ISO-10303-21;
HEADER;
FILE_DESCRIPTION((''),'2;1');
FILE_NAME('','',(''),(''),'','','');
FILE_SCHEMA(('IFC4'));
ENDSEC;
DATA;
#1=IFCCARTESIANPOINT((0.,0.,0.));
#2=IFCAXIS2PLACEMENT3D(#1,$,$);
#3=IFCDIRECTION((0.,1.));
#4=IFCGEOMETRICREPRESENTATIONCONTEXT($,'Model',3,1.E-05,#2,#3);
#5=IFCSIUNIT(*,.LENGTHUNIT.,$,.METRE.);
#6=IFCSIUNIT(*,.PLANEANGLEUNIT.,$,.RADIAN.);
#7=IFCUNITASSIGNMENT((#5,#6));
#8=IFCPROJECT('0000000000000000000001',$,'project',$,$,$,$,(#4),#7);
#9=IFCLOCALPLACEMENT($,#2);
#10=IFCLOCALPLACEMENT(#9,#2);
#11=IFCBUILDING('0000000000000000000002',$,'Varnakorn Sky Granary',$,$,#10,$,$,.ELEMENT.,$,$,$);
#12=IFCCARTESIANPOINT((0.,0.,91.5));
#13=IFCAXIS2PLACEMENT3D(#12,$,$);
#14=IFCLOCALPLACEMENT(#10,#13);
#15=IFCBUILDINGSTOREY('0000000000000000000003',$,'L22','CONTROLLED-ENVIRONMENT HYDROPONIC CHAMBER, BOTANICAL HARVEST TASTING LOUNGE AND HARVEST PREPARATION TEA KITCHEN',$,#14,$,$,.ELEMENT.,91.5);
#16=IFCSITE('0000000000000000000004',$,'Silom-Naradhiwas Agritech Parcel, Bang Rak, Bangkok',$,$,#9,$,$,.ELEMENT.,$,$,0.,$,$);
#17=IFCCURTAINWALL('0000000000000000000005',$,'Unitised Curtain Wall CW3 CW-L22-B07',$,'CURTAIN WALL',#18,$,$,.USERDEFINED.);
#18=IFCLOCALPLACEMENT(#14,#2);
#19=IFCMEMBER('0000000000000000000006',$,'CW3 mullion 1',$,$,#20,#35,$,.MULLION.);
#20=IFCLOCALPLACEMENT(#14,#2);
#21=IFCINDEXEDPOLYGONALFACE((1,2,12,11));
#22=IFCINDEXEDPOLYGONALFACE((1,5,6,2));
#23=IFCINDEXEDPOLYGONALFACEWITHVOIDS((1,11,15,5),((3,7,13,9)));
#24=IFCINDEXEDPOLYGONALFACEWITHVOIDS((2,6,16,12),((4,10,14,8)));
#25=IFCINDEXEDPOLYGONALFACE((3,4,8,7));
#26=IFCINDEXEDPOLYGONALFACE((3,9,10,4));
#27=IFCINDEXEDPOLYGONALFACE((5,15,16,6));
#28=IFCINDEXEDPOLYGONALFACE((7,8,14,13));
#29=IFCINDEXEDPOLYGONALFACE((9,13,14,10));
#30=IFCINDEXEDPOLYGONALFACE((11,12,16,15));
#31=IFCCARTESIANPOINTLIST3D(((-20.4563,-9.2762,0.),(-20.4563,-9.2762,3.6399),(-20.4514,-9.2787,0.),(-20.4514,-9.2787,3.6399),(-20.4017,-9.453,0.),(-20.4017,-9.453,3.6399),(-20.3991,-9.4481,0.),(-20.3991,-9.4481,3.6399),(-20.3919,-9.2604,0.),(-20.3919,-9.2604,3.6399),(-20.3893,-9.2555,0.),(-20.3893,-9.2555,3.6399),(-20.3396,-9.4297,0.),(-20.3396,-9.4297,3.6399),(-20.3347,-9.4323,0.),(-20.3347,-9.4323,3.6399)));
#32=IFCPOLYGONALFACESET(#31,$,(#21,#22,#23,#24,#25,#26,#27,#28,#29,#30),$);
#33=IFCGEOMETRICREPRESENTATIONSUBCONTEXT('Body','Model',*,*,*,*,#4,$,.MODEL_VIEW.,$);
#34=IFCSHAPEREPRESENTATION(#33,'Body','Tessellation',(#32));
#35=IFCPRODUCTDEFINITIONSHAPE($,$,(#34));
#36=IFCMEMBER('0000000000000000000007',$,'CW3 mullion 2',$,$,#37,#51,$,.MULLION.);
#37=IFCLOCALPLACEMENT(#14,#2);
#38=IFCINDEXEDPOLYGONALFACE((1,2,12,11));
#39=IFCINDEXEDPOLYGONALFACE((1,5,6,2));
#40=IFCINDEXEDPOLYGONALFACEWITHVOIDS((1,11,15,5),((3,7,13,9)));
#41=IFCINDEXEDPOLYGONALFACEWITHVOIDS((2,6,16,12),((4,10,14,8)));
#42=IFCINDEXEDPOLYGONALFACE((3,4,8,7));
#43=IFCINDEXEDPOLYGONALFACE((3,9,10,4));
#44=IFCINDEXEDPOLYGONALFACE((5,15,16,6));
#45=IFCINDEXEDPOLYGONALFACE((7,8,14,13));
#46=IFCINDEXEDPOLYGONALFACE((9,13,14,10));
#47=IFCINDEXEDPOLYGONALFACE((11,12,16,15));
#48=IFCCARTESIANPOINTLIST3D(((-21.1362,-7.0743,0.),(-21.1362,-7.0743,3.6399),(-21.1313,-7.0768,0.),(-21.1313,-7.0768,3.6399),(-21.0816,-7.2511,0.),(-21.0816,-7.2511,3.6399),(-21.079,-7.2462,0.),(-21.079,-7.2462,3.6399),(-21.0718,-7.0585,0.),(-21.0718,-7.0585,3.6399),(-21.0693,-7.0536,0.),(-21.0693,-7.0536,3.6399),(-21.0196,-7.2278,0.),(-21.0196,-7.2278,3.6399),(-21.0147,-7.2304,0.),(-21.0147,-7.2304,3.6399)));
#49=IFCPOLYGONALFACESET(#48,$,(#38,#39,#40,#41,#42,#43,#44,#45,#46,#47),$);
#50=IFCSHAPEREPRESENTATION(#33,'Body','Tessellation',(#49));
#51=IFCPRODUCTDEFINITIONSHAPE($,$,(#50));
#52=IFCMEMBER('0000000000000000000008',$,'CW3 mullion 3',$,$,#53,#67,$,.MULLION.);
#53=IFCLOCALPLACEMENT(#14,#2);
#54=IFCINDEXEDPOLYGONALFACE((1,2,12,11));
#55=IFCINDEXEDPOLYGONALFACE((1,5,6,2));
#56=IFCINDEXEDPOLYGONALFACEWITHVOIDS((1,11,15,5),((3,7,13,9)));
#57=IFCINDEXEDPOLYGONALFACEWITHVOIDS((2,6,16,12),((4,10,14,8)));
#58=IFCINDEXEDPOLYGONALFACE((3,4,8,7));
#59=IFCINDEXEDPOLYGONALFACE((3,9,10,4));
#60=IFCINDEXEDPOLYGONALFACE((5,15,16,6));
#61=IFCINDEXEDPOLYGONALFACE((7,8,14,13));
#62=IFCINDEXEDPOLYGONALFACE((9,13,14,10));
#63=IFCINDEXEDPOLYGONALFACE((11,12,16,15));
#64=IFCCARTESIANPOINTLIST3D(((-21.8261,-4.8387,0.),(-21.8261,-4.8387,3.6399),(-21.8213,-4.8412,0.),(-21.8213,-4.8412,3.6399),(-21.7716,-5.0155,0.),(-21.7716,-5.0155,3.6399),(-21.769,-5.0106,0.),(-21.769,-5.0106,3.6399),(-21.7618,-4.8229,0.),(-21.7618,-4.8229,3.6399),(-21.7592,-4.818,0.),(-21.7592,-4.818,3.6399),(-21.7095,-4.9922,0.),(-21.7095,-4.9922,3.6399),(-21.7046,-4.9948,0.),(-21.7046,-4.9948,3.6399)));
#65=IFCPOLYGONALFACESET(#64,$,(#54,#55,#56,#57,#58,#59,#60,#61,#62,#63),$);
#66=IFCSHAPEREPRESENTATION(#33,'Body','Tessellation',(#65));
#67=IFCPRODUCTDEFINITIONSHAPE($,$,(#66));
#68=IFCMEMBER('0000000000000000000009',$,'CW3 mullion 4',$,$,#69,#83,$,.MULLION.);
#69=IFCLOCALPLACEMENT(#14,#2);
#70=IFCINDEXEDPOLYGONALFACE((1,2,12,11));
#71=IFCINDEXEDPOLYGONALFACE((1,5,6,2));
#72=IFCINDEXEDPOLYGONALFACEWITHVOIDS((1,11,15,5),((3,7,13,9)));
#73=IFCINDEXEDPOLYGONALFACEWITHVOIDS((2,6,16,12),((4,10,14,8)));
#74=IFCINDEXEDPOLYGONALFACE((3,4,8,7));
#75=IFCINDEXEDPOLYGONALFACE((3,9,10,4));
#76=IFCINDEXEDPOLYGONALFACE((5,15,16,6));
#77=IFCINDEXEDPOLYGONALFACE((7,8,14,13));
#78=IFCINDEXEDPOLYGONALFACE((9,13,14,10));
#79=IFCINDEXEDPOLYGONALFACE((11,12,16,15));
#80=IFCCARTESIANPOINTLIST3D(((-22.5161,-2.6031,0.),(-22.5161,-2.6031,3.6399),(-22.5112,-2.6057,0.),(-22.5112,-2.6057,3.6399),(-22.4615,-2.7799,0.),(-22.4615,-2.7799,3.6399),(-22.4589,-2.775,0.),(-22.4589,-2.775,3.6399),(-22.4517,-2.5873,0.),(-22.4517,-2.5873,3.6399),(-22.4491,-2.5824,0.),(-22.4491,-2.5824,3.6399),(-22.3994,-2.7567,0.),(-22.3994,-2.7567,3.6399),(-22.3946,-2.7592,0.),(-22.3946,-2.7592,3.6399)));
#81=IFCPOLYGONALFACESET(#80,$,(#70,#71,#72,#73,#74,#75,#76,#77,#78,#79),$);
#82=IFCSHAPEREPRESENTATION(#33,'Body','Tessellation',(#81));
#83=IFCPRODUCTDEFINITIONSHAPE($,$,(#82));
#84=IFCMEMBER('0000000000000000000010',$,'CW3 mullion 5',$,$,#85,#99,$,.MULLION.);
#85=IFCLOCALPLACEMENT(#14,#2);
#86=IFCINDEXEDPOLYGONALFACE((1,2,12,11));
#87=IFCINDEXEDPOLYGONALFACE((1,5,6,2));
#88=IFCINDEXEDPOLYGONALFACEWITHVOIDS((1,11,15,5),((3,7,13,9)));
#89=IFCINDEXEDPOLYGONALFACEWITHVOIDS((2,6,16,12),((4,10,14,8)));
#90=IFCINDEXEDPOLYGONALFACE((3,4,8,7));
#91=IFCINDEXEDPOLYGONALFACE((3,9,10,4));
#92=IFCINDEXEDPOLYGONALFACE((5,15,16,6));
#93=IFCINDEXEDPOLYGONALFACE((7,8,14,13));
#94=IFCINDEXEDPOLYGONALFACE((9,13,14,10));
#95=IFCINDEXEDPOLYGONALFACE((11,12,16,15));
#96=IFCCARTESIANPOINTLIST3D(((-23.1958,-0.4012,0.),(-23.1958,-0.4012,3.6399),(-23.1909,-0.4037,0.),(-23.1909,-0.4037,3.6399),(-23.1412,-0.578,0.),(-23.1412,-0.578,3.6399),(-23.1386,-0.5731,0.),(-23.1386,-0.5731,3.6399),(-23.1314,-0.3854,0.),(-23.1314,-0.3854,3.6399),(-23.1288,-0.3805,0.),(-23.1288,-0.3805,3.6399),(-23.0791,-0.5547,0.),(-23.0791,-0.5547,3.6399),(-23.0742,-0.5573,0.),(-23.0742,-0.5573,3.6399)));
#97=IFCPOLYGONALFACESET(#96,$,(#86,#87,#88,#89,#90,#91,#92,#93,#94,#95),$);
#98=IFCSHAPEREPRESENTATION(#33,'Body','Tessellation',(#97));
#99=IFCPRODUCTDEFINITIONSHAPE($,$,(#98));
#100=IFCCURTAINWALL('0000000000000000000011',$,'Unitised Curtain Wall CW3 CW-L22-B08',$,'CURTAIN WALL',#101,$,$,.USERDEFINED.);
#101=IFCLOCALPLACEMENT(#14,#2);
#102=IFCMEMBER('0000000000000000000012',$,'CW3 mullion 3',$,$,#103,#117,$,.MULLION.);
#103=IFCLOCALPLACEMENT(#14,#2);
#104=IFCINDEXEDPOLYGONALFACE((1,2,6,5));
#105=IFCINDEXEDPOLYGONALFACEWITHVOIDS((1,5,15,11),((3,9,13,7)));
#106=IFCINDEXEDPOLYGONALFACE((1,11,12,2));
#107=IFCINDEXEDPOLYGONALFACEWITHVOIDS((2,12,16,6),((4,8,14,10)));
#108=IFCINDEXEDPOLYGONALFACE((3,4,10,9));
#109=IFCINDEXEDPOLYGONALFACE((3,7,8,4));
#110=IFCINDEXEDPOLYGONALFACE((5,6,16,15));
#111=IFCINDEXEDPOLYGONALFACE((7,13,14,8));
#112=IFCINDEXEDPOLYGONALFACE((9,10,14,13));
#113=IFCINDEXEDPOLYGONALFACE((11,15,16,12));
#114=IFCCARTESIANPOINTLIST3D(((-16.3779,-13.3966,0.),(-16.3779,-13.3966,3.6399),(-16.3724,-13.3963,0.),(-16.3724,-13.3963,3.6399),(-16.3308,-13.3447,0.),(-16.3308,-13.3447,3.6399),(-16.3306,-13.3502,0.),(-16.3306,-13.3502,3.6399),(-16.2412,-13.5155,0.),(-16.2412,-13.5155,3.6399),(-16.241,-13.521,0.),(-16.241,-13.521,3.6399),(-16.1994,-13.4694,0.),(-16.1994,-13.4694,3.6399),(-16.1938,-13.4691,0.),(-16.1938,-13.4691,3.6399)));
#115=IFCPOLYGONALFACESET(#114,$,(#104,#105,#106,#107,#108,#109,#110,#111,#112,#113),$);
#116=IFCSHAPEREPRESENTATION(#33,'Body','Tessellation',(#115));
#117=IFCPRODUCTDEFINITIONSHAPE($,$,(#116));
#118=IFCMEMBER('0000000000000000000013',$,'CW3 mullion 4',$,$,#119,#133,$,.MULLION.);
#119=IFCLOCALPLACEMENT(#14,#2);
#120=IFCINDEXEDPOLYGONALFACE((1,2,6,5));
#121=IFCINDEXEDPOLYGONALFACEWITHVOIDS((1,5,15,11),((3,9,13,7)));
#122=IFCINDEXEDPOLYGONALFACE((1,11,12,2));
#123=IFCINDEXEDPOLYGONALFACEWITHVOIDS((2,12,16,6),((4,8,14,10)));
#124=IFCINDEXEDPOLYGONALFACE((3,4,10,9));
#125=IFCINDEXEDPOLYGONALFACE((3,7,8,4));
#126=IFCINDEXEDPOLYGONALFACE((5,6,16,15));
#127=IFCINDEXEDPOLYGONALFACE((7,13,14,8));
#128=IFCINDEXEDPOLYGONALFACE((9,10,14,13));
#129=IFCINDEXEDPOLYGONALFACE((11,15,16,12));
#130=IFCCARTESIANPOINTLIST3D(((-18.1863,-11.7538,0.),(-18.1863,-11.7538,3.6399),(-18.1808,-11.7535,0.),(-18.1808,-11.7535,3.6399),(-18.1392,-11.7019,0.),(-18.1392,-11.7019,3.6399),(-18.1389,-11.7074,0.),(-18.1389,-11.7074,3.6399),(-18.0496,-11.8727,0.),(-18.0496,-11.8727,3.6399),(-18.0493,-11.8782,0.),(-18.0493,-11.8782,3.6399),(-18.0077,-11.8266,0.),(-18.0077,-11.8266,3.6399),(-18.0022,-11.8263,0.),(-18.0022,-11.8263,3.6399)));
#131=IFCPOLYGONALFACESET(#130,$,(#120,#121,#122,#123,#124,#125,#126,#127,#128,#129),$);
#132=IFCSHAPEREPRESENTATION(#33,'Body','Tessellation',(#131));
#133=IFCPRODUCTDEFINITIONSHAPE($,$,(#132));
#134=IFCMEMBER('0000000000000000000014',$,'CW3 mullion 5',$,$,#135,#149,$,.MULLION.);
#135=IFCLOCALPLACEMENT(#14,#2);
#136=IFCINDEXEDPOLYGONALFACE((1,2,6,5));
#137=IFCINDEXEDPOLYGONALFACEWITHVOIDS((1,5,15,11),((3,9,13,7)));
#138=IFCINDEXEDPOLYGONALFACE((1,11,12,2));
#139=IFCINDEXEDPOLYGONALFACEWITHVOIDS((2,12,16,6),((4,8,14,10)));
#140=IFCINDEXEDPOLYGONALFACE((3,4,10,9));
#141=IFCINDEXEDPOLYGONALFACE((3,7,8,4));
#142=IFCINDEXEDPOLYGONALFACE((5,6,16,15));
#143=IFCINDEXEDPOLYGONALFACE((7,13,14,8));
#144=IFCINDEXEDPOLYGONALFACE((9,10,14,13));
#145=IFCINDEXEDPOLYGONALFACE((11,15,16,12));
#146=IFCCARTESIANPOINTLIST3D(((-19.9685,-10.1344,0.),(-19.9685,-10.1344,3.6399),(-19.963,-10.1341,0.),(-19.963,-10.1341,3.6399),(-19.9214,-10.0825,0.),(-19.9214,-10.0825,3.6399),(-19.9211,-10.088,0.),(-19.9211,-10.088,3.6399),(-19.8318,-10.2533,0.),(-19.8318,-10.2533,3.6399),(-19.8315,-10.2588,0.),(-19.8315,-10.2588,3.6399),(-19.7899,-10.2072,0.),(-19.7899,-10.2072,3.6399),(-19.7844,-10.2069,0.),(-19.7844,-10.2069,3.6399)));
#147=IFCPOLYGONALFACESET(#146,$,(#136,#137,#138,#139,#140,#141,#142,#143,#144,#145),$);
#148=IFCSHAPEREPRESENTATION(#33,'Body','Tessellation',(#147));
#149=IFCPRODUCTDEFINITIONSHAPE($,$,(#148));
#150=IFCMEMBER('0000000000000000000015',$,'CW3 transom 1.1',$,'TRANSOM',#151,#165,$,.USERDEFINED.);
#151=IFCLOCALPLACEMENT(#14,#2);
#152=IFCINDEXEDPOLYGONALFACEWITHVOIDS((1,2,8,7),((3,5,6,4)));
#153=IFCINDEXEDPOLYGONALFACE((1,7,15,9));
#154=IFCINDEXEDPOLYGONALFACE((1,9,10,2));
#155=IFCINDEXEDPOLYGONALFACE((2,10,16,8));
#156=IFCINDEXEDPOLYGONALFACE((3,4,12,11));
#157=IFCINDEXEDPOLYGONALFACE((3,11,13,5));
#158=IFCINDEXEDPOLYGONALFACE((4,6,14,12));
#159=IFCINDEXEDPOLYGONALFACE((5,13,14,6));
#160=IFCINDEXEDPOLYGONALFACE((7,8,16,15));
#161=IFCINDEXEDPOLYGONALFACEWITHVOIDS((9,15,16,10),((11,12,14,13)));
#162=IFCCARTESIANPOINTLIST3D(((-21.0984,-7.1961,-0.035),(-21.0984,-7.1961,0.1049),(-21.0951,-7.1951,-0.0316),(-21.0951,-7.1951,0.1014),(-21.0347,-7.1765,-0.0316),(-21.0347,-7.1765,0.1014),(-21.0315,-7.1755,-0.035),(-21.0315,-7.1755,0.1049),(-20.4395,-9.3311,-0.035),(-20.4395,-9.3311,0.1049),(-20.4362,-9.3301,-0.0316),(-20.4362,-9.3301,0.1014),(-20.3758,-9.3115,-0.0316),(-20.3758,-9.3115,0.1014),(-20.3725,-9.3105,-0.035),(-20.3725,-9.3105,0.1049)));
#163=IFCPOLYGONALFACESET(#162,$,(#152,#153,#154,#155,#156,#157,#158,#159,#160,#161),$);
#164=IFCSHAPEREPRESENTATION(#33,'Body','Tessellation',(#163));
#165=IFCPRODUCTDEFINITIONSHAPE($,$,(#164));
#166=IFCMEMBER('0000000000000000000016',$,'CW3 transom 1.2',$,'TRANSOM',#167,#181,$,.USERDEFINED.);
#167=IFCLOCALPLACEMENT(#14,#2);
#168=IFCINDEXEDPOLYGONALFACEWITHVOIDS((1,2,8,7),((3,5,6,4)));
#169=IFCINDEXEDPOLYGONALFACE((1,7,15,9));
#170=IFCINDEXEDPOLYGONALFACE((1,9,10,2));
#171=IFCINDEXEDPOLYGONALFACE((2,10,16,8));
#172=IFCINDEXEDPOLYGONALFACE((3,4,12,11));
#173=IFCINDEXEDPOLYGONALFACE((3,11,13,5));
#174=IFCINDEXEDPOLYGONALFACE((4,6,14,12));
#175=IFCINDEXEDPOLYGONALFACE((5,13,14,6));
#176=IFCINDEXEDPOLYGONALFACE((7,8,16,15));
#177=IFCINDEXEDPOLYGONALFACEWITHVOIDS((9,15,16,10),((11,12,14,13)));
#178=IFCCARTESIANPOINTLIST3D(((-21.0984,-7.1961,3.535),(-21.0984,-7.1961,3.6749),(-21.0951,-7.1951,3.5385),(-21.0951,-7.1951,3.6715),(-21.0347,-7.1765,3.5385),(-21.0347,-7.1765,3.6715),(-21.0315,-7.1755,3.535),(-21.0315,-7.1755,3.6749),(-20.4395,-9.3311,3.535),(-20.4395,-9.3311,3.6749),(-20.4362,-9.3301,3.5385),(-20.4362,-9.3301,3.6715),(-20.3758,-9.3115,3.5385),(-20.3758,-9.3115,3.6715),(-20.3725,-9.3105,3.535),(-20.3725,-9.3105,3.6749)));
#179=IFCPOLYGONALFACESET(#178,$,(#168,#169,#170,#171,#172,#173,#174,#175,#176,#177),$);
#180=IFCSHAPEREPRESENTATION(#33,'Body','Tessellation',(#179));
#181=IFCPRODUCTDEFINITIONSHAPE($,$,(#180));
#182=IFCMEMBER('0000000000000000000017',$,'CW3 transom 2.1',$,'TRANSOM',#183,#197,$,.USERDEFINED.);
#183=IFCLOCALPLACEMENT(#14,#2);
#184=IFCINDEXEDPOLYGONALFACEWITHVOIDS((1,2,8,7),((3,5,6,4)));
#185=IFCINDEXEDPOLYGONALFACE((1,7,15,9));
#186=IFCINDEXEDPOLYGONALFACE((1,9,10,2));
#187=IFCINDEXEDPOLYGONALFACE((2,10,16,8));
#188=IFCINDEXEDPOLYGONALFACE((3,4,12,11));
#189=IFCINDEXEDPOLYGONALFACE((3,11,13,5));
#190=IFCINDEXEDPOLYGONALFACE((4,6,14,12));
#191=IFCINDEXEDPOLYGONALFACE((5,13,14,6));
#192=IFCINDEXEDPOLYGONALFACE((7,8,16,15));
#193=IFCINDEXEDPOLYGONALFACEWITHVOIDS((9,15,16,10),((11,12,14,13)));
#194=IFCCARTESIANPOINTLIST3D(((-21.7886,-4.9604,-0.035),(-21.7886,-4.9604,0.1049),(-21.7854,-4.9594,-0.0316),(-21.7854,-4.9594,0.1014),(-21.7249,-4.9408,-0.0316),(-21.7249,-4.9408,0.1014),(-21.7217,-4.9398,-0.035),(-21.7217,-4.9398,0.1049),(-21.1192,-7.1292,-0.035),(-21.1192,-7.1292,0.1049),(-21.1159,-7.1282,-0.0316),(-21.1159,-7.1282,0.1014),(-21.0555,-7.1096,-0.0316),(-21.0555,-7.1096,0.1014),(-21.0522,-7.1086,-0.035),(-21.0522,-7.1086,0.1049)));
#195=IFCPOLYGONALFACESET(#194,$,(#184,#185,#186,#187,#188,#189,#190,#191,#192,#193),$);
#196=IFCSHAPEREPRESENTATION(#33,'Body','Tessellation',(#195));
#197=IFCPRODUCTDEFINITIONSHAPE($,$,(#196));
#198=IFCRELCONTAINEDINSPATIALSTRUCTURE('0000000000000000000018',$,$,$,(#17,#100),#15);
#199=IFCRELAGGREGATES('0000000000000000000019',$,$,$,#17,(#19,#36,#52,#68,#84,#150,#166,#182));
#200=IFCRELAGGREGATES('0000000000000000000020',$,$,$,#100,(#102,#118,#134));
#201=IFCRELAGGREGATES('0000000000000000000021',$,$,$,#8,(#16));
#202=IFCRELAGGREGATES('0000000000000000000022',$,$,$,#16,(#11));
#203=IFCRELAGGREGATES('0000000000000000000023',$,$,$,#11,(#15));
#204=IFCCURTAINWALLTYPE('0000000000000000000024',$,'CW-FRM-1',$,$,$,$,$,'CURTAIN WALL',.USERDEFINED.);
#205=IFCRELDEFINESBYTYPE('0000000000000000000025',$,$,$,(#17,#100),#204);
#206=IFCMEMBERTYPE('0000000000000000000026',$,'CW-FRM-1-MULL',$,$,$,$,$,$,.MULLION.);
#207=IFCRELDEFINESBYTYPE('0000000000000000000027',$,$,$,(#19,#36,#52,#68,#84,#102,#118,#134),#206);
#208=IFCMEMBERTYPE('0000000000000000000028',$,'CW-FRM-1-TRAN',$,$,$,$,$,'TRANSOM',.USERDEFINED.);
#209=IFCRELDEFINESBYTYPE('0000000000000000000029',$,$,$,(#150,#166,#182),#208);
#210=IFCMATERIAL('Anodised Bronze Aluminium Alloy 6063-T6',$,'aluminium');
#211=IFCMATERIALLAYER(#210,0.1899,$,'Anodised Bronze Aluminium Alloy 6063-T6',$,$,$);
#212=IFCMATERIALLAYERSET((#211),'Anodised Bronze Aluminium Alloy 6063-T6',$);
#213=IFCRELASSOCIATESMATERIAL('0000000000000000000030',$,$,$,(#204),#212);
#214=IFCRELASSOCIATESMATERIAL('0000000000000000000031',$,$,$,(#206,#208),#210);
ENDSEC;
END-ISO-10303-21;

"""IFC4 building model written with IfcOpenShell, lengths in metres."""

from ifc_helpers import new_model, si_unit, direction, frame, origin, origin_2d, place, context, subcontext, project, spatial, hollow_rectangle, extrude, material, layer, layer_set, material_profile, profile_set, type_object, element, aggregate, save


model = new_model("IFC4")

# Units and contexts
model_context = context("Model", 3, precision=1e-05, world=origin(), true_north=direction((0.0, 1.0)))
body_context = subcontext(model_context, "Body", "Model", "MODEL_VIEW")
ifc_project = project(units=[si_unit("LENGTHUNIT", "METRE"), si_unit("PLANEANGLEUNIT", "RADIAN")], contexts=[model_context])

# Site, building, storey
site_placement = place(None, origin())
site = spatial("IfcSite", under=ifc_project, at=site_placement, Name="Silom-Naradhiwas Agritech Parcel, Bang Rak, Bangkok", CompositionType="ELEMENT", RefElevation=0.0)
building_placement = place(site_placement, origin())
building = spatial("IfcBuilding", under=site, at=building_placement, Name="Varnakorn Sky Granary", CompositionType="ELEMENT")
storey_placement = place(building_placement, frame((0.0, 0.0, 91.5)))
storey = spatial("IfcBuildingStorey", under=building, at=storey_placement, Name="L22", Description="CONTROLLED-ENVIRONMENT HYDROPONIC CHAMBER, BOTANICAL HARVEST TASTING LOUNGE AND HARVEST PREPARATION TEA KITCHEN", CompositionType="ELEMENT", Elevation=91.5)

# Curtain walls, members
ifc_material_1 = material(Name="Anodised Bronze Aluminium Alloy 6063-T6", Category="aluminium")
ifc_layer_1 = layer(ifc_material_1, 0.1899, Name="Anodised Bronze Aluminium Alloy 6063-T6")
ifc_layer_set_1 = layer_set([ifc_layer_1], Name="Anodised Bronze Aluminium Alloy 6063-T6")
curtain_wall_type = type_object("IfcCurtainWallType", Name="CW-FRM-1", ElementType="CURTAIN WALL", PredefinedType="USERDEFINED", material=ifc_layer_set_1)
curtain_wall_1_placement = place(storey_placement, origin())
curtain_wall_1 = element("IfcCurtainWall", 1, at=curtain_wall_1_placement, inside=storey, type_object=curtain_wall_type, Name="Unitised Curtain Wall CW3 CW-L22-B07", ObjectType="CURTAIN WALL", PredefinedType="USERDEFINED")
ifc_material_profile_1 = material_profile(ifc_material_1, hollow_rectangle(XDim=0.0701, YDim=0.1851, WallThickness=0.0039, at=origin_2d()), Name="ALU MULL 70x185")
ifc_profile_set_1 = profile_set([ifc_material_profile_1], Name="Anodised Bronze Aluminium Alloy 6063-T6")
member_type_1 = type_object("IfcMemberType", Name="CW-FRM-1-MULL", PredefinedType="MULLION", material=ifc_profile_set_1)
member_1_placement = place(storey_placement, frame((-20.3955, -9.3542, 0.0), z_axis=(0.0, 0.0, 1.0), x_axis=(-0.955518, -0.294933, 0.0)))
member_1 = element("IfcMember", 2, at=member_1_placement, type_object=member_type_1, Name="CW3 mullion 1", PredefinedType="MULLION", context=body_context, shape_type="SweptSolid", body=[
    extrude(hollow_rectangle(XDim=0.0701, YDim=0.1851, WallThickness=0.0039, at=origin_2d()), origin(), (0.0, 0.0, 1.0), 3.6399),
])
member_2_placement = place(storey_placement, frame((-21.0754, -7.1523, 0.0), z_axis=(0.0, 0.0, 1.0), x_axis=(-0.955518, -0.294933, 0.0)))
member_2 = element("IfcMember", 3, at=member_2_placement, type_object=member_type_1, Name="CW3 mullion 2", PredefinedType="MULLION", context=body_context, shape_type="SweptSolid", body=[
    extrude(hollow_rectangle(XDim=0.0701, YDim=0.1851, WallThickness=0.0039, at=origin_2d()), origin(), (0.0, 0.0, 1.0), 3.6399),
])
member_3_placement = place(storey_placement, frame((-21.7654, -4.9167, 0.0), z_axis=(0.0, 0.0, 1.0), x_axis=(-0.955518, -0.294933, 0.0)))
member_3 = element("IfcMember", 4, at=member_3_placement, type_object=member_type_1, Name="CW3 mullion 3", PredefinedType="MULLION", context=body_context, shape_type="SweptSolid", body=[
    extrude(hollow_rectangle(XDim=0.0701, YDim=0.1851, WallThickness=0.0039, at=origin_2d()), origin(), (0.0, 0.0, 1.0), 3.6399),
])
member_4_placement = place(storey_placement, frame((-22.4553, -2.6812, 0.0), z_axis=(0.0, 0.0, 1.0), x_axis=(-0.955518, -0.294933, 0.0)))
member_4 = element("IfcMember", 5, at=member_4_placement, type_object=member_type_1, Name="CW3 mullion 4", PredefinedType="MULLION", context=body_context, shape_type="SweptSolid", body=[
    extrude(hollow_rectangle(XDim=0.0701, YDim=0.1851, WallThickness=0.0039, at=origin_2d()), origin(), (0.0, 0.0, 1.0), 3.6399),
])
member_5_placement = place(storey_placement, frame((-23.135, -0.4792, 0.0), z_axis=(0.0, 0.0, 1.0), x_axis=(-0.955518, -0.294933, 0.0)))
member_5 = element("IfcMember", 6, at=member_5_placement, type_object=member_type_1, Name="CW3 mullion 5", PredefinedType="MULLION", context=body_context, shape_type="SweptSolid", body=[
    extrude(hollow_rectangle(XDim=0.0701, YDim=0.1851, WallThickness=0.0039, at=origin_2d()), origin(), (0.0, 0.0, 1.0), 3.6399),
])
curtain_wall_2_placement = place(storey_placement, origin())
curtain_wall_2 = element("IfcCurtainWall", 7, at=curtain_wall_2_placement, inside=storey, type_object=curtain_wall_type, Name="Unitised Curtain Wall CW3 CW-L22-B08", ObjectType="CURTAIN WALL", PredefinedType="USERDEFINED")
member_6_placement = place(storey_placement, frame((-16.2859, -13.4329, 0.0), z_axis=(0.0, 0.0, 1.0), x_axis=(-0.672429, -0.740161, 0.0)))
member_6 = element("IfcMember", 8, at=member_6_placement, type_object=member_type_1, Name="CW3 mullion 3", PredefinedType="MULLION", context=body_context, shape_type="SweptSolid", body=[
    extrude(hollow_rectangle(XDim=0.0701, YDim=0.1851, WallThickness=0.0039, at=origin_2d()), origin(), (0.0, 0.0, 1.0), 3.6399),
])
member_7_placement = place(storey_placement, frame((-18.0942, -11.79, 0.0), z_axis=(0.0, 0.0, 1.0), x_axis=(-0.672429, -0.740161, 0.0)))
member_7 = element("IfcMember", 9, at=member_7_placement, type_object=member_type_1, Name="CW3 mullion 4", PredefinedType="MULLION", context=body_context, shape_type="SweptSolid", body=[
    extrude(hollow_rectangle(XDim=0.0701, YDim=0.1851, WallThickness=0.0039, at=origin_2d()), origin(), (0.0, 0.0, 1.0), 3.6399),
])
member_8_placement = place(storey_placement, frame((-19.8765, -10.1707, 0.0), z_axis=(0.0, 0.0, 1.0), x_axis=(-0.672429, -0.740161, 0.0)))
member_8 = element("IfcMember", 10, at=member_8_placement, type_object=member_type_1, Name="CW3 mullion 5", PredefinedType="MULLION", context=body_context, shape_type="SweptSolid", body=[
    extrude(hollow_rectangle(XDim=0.0701, YDim=0.1851, WallThickness=0.0039, at=origin_2d()), origin(), (0.0, 0.0, 1.0), 3.6399),
])

# Members
ifc_material_profile_2 = material_profile(ifc_material_1, hollow_rectangle(XDim=0.0701, YDim=0.1399, WallThickness=0.0034, at=origin_2d()), Name="ALU TRAN 70x140")
ifc_profile_set_2 = profile_set([ifc_material_profile_2], Name="Anodised Bronze Aluminium Alloy 6063-T6")
member_type_2 = type_object("IfcMemberType", Name="CW-FRM-1-TRAN", ElementType="TRANSOM", PredefinedType="USERDEFINED", material=ifc_profile_set_2)
member_9_placement = place(storey_placement, frame((-20.406, -9.3208, 0.0349), z_axis=(-0.294907, 0.955526, 0.0), x_axis=(-0.955526, -0.294907, 0.0)))
member_9 = element("IfcMember", 11, at=member_9_placement, type_object=member_type_2, Name="CW3 transom 1.1", ObjectType="TRANSOM", PredefinedType="USERDEFINED", context=body_context, shape_type="SweptSolid", body=[
    extrude(hollow_rectangle(XDim=0.0701, YDim=0.1399, WallThickness=0.0034, at=origin_2d()), origin(), (0.0, 0.0, 1.0), 2.2344),
])
member_10_placement = place(storey_placement, frame((-20.406, -9.3208, 3.605), z_axis=(-0.294907, 0.955526, 0.0), x_axis=(-0.955526, -0.294907, 0.0)))
member_10 = element("IfcMember", 12, at=member_10_placement, type_object=member_type_2, Name="CW3 transom 1.2", ObjectType="TRANSOM", PredefinedType="USERDEFINED", context=body_context, shape_type="SweptSolid", body=[
    extrude(hollow_rectangle(XDim=0.0701, YDim=0.1399, WallThickness=0.0034, at=origin_2d()), origin(), (0.0, 0.0, 1.0), 2.2344),
])
member_11_placement = place(storey_placement, frame((-21.0857, -7.1189, 0.0349), z_axis=(-0.294947, 0.955513, 0.0), x_axis=(-0.955513, -0.294947, 0.0)))
member_11 = element("IfcMember", 13, at=member_11_placement, type_object=member_type_2, Name="CW3 transom 2.1", ObjectType="TRANSOM", PredefinedType="USERDEFINED", context=body_context, shape_type="SweptSolid", body=[
    extrude(hollow_rectangle(XDim=0.0701, YDim=0.1399, WallThickness=0.0034, at=origin_2d()), origin(), (0.0, 0.0, 1.0), 2.2698),
])

aggregate(curtain_wall_1, [member_1, member_2, member_3, member_4, member_5, member_9, member_10, member_11])
aggregate(curtain_wall_2, [member_6, member_7, member_8])

save(model, "model.ifc")
